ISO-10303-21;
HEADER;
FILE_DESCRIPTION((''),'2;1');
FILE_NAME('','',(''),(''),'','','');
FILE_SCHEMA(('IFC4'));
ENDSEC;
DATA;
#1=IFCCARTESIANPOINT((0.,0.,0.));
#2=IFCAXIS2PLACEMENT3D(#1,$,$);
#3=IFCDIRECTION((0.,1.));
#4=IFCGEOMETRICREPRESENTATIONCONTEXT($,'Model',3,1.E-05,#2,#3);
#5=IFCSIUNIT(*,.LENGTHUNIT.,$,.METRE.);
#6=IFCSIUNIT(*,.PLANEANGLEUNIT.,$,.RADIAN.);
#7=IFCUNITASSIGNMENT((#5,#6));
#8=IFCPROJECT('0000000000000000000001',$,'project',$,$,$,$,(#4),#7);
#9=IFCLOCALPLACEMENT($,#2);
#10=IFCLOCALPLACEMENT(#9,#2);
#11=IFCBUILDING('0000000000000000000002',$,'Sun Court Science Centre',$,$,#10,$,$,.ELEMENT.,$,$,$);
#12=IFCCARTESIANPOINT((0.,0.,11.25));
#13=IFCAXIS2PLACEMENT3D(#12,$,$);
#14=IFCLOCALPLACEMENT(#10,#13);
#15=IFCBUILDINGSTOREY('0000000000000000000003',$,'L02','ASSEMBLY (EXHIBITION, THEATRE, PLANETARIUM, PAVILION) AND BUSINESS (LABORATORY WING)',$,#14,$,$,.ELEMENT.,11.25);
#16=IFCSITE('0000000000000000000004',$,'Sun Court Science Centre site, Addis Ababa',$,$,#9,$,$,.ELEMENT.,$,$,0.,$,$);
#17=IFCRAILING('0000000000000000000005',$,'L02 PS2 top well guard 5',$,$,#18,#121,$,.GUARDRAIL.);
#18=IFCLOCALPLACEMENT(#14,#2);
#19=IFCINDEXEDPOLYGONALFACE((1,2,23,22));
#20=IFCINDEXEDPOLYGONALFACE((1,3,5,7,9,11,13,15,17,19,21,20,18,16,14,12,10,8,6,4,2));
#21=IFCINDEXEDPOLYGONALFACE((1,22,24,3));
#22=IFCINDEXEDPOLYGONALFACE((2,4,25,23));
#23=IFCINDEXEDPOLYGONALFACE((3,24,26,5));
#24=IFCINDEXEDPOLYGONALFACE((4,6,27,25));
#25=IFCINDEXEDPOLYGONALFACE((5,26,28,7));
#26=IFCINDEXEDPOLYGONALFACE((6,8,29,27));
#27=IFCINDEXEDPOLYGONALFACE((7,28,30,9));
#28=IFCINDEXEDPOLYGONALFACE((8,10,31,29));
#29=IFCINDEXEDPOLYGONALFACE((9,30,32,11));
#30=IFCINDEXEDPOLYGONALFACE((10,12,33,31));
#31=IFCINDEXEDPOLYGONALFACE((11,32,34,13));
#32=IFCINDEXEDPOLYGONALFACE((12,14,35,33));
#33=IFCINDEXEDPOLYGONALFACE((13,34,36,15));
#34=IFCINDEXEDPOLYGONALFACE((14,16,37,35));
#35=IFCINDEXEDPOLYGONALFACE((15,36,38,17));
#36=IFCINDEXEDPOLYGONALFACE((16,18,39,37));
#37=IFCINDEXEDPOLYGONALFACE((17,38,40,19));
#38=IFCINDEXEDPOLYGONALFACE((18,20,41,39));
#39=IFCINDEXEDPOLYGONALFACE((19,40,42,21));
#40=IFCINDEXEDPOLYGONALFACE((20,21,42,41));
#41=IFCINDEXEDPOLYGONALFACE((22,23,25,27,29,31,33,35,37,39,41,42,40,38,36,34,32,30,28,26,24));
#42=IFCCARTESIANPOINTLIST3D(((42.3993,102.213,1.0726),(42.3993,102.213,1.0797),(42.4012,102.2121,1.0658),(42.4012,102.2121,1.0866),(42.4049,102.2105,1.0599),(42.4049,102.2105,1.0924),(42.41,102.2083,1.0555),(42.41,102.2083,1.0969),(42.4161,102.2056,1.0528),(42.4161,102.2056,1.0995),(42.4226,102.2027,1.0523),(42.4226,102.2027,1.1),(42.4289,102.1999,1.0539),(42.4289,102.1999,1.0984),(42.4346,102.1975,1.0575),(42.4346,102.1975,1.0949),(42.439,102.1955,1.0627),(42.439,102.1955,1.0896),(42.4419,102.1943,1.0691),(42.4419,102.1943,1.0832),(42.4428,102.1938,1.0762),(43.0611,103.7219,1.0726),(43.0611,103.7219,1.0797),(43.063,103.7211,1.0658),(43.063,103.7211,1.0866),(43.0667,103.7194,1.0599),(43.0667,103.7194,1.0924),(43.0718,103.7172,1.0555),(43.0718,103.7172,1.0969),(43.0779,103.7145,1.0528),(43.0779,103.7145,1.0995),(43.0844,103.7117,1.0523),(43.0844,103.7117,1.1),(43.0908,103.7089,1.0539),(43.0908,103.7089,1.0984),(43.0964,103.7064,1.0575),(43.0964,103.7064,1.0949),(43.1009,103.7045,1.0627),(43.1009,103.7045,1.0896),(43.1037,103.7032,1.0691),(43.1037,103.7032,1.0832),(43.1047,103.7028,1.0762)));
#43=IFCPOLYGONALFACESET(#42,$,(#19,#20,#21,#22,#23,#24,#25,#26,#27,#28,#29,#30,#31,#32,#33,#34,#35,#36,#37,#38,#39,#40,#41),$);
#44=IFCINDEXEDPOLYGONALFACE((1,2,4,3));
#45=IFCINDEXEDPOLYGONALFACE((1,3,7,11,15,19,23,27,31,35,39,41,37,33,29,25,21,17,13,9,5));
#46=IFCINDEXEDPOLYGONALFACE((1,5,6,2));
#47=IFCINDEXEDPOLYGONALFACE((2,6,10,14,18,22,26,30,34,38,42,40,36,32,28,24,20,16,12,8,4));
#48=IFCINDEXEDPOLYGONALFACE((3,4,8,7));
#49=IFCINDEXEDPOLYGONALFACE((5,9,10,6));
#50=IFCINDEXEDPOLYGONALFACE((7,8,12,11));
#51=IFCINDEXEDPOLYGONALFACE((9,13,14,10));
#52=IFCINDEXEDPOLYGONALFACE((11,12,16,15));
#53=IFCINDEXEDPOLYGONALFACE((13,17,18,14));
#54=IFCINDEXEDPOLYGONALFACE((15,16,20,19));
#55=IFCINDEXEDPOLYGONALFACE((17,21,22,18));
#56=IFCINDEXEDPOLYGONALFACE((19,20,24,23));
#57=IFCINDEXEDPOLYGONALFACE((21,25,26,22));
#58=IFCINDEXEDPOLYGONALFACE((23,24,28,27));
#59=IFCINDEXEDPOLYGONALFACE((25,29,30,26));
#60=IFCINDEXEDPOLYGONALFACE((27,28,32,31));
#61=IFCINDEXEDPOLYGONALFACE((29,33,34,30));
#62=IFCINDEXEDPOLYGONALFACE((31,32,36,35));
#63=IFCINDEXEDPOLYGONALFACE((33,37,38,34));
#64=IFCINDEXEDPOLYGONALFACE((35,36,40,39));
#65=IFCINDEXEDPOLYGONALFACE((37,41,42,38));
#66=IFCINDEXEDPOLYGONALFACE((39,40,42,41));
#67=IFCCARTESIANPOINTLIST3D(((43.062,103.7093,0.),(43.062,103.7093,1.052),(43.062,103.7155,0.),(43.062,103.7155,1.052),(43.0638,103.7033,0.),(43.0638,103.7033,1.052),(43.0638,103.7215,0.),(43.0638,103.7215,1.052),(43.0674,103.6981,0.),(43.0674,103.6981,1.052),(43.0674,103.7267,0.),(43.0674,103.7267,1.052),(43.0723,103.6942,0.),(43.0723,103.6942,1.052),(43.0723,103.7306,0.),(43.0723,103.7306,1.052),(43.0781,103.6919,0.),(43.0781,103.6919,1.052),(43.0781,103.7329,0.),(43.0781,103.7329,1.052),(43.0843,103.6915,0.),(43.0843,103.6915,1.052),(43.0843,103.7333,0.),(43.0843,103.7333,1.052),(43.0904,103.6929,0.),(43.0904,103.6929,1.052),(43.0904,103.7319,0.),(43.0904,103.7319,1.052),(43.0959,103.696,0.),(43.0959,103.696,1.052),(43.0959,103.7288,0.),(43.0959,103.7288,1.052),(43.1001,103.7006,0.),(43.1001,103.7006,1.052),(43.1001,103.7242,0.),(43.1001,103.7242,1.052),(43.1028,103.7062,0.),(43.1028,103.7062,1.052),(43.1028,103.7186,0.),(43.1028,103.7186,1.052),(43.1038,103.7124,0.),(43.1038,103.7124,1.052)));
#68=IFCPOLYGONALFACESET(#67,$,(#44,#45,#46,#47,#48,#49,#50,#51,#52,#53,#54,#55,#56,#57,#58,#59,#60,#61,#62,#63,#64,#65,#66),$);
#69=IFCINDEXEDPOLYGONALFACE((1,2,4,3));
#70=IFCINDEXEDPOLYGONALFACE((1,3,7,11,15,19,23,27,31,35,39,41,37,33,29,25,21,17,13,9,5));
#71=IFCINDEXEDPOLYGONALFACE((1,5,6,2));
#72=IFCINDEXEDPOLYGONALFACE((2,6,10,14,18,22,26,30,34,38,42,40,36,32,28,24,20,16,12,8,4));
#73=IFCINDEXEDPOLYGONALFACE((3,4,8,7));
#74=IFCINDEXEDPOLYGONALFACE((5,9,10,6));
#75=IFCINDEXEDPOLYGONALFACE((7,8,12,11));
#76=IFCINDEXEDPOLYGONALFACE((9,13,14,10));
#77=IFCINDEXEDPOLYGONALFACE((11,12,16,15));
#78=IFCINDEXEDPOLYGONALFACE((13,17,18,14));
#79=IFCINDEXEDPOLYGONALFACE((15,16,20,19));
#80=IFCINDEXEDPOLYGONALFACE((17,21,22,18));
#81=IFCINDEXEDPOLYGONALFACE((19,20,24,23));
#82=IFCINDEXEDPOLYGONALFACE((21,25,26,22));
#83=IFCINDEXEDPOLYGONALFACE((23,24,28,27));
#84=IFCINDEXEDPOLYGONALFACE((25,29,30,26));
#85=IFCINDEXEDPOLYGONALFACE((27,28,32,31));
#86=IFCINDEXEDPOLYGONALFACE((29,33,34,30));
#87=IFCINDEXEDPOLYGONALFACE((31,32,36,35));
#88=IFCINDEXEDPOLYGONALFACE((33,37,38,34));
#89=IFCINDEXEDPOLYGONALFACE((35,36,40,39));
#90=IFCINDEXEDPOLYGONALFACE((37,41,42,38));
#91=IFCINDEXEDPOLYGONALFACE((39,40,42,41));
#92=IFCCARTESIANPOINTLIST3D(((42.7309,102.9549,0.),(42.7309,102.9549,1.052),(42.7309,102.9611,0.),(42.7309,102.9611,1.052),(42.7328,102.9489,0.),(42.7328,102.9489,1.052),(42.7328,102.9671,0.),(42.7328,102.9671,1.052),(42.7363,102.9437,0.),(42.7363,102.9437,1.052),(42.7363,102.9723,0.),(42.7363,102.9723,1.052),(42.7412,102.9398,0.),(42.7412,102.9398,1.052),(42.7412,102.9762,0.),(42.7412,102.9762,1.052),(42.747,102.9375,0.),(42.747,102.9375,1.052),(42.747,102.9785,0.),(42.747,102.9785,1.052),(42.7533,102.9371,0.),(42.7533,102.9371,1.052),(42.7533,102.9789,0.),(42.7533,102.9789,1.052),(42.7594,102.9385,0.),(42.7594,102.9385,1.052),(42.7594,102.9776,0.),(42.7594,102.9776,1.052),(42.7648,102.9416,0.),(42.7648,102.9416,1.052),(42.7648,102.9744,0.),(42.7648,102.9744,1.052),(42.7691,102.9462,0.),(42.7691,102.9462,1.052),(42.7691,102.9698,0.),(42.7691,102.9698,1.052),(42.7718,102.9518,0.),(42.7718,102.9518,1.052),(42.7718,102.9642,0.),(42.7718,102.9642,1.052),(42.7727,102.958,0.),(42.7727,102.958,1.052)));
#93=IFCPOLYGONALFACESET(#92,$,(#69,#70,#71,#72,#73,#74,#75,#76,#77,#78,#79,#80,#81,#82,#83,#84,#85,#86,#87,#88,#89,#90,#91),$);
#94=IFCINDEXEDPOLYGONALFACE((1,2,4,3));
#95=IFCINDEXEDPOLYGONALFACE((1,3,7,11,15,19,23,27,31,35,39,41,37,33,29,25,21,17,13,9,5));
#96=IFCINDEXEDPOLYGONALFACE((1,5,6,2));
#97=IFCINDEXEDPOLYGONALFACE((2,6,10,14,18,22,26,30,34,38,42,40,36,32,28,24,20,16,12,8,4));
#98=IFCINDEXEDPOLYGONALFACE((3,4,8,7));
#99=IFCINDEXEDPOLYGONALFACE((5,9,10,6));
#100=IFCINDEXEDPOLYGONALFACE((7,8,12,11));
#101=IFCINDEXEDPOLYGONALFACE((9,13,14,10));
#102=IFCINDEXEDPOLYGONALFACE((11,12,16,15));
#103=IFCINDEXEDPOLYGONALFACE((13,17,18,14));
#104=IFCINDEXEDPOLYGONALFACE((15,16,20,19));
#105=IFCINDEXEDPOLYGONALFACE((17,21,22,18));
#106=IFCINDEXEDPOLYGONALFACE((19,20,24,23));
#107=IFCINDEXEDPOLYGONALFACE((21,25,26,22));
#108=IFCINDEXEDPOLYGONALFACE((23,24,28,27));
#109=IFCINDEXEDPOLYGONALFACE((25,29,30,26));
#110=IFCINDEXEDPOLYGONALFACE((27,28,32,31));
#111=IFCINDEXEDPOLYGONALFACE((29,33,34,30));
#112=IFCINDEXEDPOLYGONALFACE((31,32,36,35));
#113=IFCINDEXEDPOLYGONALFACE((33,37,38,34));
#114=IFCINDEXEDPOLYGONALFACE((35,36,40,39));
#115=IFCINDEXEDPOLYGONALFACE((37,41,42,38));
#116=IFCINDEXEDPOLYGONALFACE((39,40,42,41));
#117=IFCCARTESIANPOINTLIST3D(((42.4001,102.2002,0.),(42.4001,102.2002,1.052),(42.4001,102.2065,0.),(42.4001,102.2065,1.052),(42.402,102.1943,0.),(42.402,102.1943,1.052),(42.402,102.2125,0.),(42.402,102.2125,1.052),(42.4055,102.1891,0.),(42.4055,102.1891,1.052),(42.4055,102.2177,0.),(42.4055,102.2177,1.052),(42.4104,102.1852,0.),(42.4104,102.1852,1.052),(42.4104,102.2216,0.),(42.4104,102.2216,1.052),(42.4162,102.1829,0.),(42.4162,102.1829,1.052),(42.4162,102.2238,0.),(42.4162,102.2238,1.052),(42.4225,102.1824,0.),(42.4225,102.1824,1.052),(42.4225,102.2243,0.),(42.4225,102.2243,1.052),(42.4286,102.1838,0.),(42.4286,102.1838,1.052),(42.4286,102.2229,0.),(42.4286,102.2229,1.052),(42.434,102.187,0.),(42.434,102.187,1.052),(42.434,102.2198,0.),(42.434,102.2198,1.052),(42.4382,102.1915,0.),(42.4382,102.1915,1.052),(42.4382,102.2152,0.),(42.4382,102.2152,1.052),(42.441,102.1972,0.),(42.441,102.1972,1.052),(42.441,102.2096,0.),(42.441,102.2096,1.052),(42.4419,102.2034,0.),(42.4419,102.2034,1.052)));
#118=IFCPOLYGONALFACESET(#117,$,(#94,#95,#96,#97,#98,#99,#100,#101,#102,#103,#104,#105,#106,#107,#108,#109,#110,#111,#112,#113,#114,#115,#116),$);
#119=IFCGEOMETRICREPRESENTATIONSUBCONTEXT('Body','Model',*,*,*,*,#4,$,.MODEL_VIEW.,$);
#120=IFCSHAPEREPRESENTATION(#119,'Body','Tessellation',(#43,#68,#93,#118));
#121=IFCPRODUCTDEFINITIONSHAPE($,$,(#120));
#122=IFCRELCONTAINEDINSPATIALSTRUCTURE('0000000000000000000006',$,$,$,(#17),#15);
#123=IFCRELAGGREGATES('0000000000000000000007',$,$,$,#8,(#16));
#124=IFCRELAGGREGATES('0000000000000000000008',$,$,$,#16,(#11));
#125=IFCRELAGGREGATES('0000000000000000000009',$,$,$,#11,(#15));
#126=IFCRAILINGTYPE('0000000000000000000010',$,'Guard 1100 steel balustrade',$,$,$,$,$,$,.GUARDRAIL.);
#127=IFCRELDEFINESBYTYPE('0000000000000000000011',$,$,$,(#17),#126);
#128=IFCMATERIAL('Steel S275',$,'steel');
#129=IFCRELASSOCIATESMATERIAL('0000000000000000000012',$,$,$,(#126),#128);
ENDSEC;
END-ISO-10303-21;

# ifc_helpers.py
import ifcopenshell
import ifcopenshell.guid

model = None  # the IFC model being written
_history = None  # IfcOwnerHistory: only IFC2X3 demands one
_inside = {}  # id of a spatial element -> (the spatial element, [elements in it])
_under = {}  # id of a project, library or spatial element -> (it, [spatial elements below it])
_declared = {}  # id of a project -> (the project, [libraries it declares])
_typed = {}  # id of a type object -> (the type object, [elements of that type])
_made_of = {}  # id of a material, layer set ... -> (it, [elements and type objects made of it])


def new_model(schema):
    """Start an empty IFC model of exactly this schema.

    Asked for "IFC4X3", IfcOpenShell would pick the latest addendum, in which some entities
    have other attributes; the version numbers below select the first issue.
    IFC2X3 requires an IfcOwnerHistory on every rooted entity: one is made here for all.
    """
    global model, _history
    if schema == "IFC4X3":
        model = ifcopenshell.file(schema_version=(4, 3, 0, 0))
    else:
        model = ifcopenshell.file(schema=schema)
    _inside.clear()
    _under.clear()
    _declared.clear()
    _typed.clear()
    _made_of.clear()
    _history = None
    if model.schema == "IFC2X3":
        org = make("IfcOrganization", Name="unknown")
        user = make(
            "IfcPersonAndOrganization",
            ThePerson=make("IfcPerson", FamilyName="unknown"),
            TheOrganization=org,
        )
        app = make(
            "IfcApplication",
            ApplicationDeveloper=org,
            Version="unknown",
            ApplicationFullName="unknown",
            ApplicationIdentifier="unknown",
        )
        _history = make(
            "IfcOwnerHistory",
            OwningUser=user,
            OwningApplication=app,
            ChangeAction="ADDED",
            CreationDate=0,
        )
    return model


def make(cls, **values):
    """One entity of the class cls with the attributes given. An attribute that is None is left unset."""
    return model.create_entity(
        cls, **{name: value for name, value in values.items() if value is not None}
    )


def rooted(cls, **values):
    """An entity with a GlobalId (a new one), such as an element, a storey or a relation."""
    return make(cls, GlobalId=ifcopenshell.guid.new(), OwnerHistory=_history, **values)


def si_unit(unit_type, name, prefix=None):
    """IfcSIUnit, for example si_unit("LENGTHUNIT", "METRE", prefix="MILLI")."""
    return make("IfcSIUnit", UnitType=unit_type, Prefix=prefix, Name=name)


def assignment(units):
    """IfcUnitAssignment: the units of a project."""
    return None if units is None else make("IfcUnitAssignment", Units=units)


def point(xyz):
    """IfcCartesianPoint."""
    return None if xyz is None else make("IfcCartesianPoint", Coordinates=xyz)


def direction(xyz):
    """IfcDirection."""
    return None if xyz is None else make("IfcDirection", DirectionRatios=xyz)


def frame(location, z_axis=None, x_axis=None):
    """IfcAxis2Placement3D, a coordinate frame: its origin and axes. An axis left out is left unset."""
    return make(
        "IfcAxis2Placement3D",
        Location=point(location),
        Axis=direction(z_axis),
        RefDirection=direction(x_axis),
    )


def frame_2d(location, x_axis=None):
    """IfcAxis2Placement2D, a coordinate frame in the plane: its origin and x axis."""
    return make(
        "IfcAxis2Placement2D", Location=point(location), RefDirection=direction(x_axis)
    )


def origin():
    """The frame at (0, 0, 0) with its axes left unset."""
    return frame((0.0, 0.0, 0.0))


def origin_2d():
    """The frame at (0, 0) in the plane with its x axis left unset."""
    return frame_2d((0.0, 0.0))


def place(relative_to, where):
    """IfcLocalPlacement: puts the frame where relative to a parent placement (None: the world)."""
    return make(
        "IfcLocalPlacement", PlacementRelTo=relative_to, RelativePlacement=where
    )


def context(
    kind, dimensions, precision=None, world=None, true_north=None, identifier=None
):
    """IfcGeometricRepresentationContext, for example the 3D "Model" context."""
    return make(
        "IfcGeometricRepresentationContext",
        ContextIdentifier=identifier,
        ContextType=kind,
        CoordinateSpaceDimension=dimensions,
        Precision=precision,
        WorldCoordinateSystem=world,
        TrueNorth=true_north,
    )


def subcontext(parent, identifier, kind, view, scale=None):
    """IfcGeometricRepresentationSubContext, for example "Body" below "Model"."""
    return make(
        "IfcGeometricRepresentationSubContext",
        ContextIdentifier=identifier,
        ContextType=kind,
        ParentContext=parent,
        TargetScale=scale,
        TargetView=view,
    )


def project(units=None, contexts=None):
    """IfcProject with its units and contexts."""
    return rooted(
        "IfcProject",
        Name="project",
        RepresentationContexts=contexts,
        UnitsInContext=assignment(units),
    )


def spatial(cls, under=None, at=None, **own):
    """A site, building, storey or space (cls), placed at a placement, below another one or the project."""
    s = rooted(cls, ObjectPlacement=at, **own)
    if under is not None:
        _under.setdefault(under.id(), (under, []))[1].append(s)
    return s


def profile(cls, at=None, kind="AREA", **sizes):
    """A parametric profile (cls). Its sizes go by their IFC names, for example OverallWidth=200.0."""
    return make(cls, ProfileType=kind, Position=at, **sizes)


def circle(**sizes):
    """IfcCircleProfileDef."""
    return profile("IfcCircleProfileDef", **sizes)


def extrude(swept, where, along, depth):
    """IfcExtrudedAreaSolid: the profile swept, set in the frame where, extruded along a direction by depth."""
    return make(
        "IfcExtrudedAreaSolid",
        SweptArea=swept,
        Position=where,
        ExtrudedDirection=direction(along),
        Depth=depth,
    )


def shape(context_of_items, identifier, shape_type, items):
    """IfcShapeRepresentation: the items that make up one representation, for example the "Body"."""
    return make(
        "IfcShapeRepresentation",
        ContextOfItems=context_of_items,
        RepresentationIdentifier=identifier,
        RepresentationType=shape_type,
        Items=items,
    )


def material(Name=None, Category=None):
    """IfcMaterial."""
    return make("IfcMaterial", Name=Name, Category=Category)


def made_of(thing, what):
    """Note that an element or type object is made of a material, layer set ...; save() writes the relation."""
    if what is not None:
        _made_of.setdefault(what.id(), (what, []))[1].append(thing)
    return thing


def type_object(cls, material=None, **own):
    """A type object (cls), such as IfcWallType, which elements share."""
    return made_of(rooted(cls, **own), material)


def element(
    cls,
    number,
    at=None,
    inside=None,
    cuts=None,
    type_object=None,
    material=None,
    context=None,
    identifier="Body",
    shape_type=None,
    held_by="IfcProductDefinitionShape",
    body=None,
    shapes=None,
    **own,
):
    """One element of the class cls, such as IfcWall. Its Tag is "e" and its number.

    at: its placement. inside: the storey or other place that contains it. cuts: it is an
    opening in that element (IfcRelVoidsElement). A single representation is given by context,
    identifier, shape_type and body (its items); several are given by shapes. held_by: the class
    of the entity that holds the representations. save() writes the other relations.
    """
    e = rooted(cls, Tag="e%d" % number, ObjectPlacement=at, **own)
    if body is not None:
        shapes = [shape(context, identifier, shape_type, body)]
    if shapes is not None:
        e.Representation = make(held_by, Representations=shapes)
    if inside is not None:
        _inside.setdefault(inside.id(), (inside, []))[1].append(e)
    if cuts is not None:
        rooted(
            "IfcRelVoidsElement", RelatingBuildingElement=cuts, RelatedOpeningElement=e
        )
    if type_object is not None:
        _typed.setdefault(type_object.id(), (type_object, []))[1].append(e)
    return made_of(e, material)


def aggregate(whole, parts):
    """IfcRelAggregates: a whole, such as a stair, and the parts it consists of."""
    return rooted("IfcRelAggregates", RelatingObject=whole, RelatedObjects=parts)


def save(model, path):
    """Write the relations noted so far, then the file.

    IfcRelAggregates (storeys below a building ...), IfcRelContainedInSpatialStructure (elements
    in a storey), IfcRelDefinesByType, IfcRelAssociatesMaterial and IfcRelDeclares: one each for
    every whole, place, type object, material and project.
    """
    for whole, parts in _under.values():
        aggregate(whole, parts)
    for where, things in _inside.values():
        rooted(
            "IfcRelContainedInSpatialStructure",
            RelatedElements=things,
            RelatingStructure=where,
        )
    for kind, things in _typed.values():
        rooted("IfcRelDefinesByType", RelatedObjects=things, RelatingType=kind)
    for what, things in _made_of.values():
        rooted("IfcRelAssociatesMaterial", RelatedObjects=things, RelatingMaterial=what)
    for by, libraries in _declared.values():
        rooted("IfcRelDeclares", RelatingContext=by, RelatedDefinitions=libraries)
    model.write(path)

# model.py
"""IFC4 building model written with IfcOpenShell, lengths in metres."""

from ifc_helpers import new_model, si_unit, direction, frame, origin, origin_2d, place, context, subcontext, project, spatial, circle, extrude, material, type_object, element, save


model = new_model("IFC4")

# Units and contexts
model_context = context("Model", 3, precision=1e-05, world=origin(), true_north=direction((0.0, 1.0)))
body_context = subcontext(model_context, "Body", "Model", "MODEL_VIEW")
ifc_project = project(units=[si_unit("LENGTHUNIT", "METRE"), si_unit("PLANEANGLEUNIT", "RADIAN")], contexts=[model_context])

# Site, building, storey
site_placement = place(None, origin())
site = spatial("IfcSite", under=ifc_project, at=site_placement, Name="Sun Court Science Centre site, Addis Ababa", CompositionType="ELEMENT", RefElevation=0.0)
building_placement = place(site_placement, origin())
building = spatial("IfcBuilding", under=site, at=building_placement, Name="Sun Court Science Centre", CompositionType="ELEMENT")
storey_placement = place(building_placement, frame((0.0, 0.0, 11.25)))
storey = spatial("IfcBuildingStorey", under=building, at=storey_placement, Name="L02", Description="ASSEMBLY (EXHIBITION, THEATRE, PLANETARIUM, PAVILION) AND BUSINESS (LABORATORY WING)", CompositionType="ELEMENT", Elevation=11.25)

# Railing
ifc_material_1 = material(Name="Steel S275", Category="steel")
railing_type = type_object("IfcRailingType", Name="Guard 1100 steel balustrade", PredefinedType="GUARDRAIL", material=ifc_material_1)
railing_1_placement = place(storey_placement, frame((43.0828, 103.7124, 0.0)))
element("IfcRailing", 1, at=railing_1_placement, inside=storey, type_object=railing_type, Name="L02 PS2 top well guard 5", PredefinedType="GUARDRAIL", context=body_context, shape_type="SweptSolid", body=[
    extrude(circle(Radius=0.0239, at=origin_2d()), frame((0.0, 0.0, 1.0762), z_axis=(-0.401666, -0.915786, 0.0), x_axis=(0.915786, -0.401666, 0.0)), (0.0, 0.0, 1.0), 1.6477),
    extrude(circle(Radius=0.021, at=origin_2d()), origin(), (0.0, 0.0, 1.0), 1.052),
    extrude(circle(Radius=0.021, at=origin_2d()), frame((-0.3311, -0.7544, 0.0)), (0.0, 0.0, 1.0), 1.052),
    extrude(circle(Radius=0.021, at=origin_2d()), frame((-0.6619, -1.509, 0.0)), (0.0, 0.0, 1.0), 1.052),
])

save(model, "model.ifc")
